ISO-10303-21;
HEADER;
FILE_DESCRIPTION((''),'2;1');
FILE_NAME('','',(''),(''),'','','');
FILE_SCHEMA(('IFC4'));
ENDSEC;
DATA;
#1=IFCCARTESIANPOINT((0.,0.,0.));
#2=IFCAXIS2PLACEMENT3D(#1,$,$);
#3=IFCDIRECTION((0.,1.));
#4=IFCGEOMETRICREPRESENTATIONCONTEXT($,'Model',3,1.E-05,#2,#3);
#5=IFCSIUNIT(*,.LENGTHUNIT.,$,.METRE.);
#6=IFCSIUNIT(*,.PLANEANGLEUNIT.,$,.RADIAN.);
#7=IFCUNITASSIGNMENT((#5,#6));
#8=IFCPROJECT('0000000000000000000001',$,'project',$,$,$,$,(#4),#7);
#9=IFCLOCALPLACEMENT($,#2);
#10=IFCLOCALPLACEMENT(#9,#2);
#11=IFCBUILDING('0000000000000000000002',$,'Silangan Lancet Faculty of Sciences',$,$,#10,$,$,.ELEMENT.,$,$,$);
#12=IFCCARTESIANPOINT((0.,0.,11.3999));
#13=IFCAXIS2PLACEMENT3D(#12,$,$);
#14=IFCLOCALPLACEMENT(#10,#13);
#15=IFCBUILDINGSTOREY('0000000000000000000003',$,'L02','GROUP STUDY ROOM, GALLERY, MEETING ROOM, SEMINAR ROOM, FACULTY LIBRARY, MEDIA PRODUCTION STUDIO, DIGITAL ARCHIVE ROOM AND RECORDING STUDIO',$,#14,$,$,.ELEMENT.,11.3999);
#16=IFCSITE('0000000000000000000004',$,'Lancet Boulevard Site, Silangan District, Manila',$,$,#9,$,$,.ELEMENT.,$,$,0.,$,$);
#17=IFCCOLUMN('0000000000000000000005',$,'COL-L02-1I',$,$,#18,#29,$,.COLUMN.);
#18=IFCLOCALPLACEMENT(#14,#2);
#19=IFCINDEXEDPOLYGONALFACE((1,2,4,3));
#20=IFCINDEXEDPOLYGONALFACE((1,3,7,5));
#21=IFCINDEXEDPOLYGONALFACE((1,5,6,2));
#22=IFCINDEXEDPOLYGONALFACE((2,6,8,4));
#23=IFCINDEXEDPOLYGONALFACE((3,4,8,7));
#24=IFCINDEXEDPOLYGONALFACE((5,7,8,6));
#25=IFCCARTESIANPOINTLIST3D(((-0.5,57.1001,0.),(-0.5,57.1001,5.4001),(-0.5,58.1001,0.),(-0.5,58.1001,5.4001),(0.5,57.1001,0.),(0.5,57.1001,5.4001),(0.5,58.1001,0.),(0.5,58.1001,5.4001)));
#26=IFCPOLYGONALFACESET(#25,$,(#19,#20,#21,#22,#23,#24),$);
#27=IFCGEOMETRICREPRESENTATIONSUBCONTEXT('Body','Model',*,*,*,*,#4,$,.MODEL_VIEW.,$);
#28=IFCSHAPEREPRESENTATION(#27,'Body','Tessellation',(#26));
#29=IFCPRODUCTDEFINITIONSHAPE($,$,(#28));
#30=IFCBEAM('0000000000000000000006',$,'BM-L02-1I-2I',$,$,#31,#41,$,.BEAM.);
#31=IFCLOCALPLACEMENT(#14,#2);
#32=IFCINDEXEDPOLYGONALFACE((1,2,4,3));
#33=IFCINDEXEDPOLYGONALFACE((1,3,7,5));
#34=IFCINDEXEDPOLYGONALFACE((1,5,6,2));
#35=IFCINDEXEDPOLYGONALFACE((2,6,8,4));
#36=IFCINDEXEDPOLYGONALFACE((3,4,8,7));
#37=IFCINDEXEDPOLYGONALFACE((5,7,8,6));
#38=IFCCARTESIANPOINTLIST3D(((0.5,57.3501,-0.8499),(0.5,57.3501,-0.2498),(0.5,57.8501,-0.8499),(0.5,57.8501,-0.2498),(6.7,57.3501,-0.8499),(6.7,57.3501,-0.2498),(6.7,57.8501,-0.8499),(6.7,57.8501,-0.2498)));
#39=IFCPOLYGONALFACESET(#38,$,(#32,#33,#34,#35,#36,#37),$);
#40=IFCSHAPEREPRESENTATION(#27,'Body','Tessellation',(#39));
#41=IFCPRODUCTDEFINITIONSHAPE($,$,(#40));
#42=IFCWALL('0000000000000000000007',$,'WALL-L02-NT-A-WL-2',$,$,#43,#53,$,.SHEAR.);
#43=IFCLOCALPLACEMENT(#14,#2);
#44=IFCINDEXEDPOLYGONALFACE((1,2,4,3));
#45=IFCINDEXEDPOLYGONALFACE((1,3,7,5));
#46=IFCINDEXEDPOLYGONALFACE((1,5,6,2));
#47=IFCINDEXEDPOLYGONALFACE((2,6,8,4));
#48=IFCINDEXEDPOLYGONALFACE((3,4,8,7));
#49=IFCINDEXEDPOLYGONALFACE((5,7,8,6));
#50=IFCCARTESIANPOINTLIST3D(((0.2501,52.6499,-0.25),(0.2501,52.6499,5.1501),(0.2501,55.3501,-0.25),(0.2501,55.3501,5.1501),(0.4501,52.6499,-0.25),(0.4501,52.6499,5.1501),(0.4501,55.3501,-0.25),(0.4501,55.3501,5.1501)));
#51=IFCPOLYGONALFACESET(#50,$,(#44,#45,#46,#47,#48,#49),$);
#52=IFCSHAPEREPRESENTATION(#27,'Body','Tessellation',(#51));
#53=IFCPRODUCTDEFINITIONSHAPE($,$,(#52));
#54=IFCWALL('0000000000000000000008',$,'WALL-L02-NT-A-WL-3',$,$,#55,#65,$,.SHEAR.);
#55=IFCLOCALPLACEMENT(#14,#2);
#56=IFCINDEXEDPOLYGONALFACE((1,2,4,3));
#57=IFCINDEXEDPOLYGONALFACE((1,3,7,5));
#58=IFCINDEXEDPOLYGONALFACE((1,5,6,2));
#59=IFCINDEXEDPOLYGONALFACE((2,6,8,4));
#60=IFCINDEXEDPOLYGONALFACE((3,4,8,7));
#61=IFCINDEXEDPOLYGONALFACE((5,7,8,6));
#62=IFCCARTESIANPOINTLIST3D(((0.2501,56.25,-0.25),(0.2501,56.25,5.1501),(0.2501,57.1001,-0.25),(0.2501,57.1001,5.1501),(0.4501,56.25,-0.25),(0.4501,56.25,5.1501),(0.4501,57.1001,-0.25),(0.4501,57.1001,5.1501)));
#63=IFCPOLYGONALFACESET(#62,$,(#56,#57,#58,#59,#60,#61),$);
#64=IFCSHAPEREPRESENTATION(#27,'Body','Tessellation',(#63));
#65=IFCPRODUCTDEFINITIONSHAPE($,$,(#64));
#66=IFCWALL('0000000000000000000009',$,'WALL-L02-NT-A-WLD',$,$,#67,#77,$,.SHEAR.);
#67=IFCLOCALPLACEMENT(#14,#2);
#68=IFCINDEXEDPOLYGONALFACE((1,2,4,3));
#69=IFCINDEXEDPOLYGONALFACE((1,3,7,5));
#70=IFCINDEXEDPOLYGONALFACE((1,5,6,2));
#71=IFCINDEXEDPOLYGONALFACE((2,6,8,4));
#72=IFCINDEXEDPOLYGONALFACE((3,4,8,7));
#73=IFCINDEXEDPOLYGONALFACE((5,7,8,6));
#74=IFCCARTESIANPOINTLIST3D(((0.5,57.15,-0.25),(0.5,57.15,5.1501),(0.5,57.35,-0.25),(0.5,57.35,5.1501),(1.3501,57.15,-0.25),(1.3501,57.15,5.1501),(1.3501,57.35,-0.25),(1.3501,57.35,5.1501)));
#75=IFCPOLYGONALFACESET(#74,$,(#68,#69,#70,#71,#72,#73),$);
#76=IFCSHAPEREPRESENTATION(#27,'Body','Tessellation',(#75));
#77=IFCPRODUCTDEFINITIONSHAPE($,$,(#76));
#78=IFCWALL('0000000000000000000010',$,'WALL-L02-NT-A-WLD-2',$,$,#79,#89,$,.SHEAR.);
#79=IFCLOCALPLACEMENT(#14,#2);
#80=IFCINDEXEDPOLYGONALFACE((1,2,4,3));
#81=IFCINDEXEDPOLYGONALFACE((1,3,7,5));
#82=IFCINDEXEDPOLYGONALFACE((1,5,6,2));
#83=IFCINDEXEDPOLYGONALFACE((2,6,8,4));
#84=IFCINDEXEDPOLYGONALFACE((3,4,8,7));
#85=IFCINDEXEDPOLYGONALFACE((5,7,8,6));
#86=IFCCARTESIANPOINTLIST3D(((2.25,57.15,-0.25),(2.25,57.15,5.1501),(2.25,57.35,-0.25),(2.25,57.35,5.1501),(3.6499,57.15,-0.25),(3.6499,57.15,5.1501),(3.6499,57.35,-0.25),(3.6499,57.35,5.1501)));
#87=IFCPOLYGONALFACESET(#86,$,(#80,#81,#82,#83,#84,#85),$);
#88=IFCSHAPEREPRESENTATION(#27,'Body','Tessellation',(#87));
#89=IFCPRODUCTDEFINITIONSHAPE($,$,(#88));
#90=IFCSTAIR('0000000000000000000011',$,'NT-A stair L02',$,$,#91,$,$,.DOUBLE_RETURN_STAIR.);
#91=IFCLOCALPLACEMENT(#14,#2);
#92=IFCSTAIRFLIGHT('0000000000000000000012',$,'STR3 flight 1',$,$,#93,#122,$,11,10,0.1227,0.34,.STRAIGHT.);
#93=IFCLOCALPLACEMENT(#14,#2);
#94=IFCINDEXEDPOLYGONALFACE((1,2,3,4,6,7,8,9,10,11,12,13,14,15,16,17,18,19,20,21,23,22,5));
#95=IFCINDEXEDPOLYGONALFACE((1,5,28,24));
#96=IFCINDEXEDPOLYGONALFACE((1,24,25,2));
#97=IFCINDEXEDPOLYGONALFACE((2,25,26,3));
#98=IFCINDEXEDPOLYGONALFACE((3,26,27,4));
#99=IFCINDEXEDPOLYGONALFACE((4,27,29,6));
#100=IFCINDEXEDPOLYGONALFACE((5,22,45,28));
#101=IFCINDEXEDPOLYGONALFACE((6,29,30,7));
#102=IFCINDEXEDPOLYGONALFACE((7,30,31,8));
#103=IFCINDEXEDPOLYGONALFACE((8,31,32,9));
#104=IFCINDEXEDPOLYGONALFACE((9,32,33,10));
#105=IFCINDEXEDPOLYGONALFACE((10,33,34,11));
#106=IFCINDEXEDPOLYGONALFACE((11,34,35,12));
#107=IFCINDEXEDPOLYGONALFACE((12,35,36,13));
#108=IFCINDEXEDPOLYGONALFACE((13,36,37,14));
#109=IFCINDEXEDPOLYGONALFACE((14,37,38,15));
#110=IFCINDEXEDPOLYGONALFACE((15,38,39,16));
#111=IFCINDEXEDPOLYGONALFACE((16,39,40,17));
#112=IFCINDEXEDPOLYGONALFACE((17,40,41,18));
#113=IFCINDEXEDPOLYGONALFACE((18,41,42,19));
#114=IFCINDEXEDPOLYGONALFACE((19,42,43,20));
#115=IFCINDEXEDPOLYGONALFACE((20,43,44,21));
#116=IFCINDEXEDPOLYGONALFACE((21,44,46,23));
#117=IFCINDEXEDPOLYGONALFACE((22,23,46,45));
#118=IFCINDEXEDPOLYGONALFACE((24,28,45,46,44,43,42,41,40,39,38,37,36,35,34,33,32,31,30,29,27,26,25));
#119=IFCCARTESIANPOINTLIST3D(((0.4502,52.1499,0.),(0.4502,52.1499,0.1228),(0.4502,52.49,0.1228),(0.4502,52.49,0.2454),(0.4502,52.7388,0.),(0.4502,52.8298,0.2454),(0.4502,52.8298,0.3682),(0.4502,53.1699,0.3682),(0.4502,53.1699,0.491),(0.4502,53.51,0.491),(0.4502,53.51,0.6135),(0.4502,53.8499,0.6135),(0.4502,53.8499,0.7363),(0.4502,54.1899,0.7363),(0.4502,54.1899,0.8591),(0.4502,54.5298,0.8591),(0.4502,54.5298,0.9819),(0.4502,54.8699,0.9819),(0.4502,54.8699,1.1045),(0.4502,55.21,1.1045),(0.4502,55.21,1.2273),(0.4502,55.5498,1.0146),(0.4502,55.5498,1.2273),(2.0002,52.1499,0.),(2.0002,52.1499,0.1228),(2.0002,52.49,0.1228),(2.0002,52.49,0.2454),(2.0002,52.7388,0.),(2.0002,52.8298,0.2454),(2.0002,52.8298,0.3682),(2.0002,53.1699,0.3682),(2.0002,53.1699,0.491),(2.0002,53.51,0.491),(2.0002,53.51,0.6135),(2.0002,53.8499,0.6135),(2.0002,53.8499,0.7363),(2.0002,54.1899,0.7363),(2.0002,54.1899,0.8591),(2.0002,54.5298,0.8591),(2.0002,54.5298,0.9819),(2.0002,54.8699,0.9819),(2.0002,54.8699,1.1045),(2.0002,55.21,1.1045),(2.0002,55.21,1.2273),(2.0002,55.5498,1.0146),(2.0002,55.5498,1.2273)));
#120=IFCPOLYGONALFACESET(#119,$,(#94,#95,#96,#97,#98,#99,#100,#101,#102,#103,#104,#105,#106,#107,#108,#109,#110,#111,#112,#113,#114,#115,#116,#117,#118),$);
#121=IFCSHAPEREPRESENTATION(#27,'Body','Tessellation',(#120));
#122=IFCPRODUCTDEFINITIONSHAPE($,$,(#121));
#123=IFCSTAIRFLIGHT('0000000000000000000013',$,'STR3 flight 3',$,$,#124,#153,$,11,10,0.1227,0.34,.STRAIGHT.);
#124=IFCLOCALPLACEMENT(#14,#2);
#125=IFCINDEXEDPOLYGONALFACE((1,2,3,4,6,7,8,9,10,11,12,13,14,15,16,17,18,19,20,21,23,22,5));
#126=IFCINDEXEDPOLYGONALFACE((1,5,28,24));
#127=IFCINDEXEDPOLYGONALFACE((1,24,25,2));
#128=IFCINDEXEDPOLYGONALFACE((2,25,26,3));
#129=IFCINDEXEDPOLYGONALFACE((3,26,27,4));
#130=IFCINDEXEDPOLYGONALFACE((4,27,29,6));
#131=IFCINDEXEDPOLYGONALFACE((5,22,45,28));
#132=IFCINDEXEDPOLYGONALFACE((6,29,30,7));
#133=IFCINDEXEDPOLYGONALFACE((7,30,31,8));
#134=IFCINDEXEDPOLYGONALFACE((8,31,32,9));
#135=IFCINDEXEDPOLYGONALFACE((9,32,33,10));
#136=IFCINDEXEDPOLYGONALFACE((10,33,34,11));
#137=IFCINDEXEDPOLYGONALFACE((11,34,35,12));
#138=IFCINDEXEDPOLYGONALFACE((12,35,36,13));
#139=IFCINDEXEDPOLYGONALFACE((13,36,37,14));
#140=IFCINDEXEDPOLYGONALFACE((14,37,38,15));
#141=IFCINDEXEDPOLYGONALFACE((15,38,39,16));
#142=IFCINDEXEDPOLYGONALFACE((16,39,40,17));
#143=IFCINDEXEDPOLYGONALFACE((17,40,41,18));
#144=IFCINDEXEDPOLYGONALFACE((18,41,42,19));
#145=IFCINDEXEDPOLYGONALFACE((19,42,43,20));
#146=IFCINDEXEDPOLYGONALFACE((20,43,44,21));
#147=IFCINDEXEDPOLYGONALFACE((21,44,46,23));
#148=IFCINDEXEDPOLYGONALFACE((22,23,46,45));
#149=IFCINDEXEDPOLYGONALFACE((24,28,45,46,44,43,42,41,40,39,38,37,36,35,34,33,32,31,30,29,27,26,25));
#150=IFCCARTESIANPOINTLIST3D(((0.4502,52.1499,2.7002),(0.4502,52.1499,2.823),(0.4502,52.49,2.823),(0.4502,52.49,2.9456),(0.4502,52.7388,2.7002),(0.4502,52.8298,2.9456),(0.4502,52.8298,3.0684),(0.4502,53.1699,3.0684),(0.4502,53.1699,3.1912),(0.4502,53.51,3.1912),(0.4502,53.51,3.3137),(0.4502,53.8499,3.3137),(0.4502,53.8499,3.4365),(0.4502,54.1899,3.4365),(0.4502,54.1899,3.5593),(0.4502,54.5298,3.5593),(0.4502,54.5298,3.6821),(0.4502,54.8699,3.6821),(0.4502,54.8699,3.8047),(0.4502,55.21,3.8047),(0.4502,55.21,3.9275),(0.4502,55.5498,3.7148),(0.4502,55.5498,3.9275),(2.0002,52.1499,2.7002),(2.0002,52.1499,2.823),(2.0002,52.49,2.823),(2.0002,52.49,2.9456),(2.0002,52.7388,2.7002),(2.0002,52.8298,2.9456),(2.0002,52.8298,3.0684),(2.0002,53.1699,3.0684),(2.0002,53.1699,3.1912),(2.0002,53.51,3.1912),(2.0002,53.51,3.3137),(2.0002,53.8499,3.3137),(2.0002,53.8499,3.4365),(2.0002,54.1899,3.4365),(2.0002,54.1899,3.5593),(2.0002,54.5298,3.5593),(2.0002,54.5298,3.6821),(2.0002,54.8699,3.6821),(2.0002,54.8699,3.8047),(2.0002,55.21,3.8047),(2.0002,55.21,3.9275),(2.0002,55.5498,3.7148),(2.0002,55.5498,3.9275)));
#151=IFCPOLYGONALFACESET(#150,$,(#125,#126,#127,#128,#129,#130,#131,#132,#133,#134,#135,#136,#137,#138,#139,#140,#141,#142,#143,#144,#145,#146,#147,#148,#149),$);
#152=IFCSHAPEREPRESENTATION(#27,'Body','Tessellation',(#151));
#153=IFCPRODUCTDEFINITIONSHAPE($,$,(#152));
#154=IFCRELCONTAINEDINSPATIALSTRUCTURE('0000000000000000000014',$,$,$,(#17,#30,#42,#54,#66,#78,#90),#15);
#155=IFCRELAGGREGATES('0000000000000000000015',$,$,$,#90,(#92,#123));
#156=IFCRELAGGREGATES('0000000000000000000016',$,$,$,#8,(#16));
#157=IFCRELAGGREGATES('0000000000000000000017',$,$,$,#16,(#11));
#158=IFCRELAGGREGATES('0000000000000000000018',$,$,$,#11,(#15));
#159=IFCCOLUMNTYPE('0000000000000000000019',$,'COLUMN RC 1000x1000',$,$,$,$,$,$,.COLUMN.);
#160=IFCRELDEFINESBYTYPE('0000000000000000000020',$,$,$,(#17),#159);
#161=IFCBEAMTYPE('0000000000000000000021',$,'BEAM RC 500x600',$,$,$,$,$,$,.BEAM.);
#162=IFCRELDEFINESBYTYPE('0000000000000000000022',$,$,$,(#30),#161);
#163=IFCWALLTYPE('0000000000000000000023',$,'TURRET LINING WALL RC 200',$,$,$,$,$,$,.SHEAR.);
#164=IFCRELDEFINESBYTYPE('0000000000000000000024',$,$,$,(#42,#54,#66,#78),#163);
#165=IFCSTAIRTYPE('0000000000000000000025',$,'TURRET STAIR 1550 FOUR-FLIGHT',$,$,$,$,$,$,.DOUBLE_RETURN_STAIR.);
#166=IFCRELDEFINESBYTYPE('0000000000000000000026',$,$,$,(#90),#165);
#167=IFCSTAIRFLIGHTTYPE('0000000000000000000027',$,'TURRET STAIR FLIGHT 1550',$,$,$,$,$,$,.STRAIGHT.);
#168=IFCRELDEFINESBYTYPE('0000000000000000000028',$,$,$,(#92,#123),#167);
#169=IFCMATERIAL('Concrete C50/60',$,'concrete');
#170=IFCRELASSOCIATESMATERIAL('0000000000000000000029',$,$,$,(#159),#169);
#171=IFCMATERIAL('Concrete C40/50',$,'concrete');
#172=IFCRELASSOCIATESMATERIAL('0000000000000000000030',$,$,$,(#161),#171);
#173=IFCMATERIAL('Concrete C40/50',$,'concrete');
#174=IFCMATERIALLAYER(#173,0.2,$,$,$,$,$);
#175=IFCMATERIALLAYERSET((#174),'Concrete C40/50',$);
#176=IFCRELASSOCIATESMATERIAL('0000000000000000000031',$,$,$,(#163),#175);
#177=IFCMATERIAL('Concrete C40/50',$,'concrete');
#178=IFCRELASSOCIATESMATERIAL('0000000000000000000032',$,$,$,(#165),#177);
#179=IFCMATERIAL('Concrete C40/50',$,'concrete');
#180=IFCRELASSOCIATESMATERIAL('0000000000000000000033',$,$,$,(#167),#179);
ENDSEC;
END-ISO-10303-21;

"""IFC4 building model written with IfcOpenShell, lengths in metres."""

from ifc_helpers import new_model, si_unit, direction, frame, frame_2d, origin, origin_2d, place, context, subcontext, project, spatial, polyline, rectangle, outline, extrude, material, layer, layer_set, material_profile, profile_set, type_object, element, aggregate, save


model = new_model("IFC4")

# Units and contexts
model_context = context("Model", 3, precision=1e-05, world=origin(), true_north=direction((0.0, 1.0)))
body_context = subcontext(model_context, "Body", "Model", "MODEL_VIEW")
ifc_project = project(units=[si_unit("LENGTHUNIT", "METRE"), si_unit("PLANEANGLEUNIT", "RADIAN")], contexts=[model_context])

# Site, building, storey
site_placement = place(None, origin())
site = spatial("IfcSite", under=ifc_project, at=site_placement, Name="Lancet Boulevard Site, Silangan District, Manila", CompositionType="ELEMENT", RefElevation=0.0)
building_placement = place(site_placement, origin())
building = spatial("IfcBuilding", under=site, at=building_placement, Name="Silangan Lancet Faculty of Sciences", CompositionType="ELEMENT")
storey_placement = place(building_placement, frame((0.0, 0.0, 11.3999)))
storey = spatial("IfcBuildingStorey", under=building, at=storey_placement, Name="L02", Description="GROUP STUDY ROOM, GALLERY, MEETING ROOM, SEMINAR ROOM, FACULTY LIBRARY, MEDIA PRODUCTION STUDIO, DIGITAL ARCHIVE ROOM AND RECORDING STUDIO", CompositionType="ELEMENT", Elevation=11.3999)

# Column
ifc_material_1 = material(Name="Concrete C50/60", Category="concrete")
ifc_material_profile_1 = material_profile(ifc_material_1, rectangle(XDim=1.0, YDim=1.0, at=origin_2d()), Name="RC 1000x1000")
ifc_profile_set_1 = profile_set([ifc_material_profile_1], Name="Concrete C50/60")
column_type = type_object("IfcColumnType", Name="COLUMN RC 1000x1000", PredefinedType="COLUMN", material=ifc_profile_set_1)
column_placement = place(storey_placement, frame((0.0, 57.6001, 0.0), z_axis=(0.0, 0.0, 1.0), x_axis=(1.0, 0.0, 0.0)))
element("IfcColumn", 1, at=column_placement, inside=storey, type_object=column_type, Name="COL-L02-1I", PredefinedType="COLUMN", context=body_context, shape_type="SweptSolid", body=[
    extrude(rectangle(XDim=1.0, YDim=1.0, at=origin_2d()), origin(), (0.0, 0.0, 1.0), 5.4001),
])

# Beam
ifc_material_2 = material(Name="Concrete C40/50", Category="concrete")
ifc_material_profile_2 = material_profile(ifc_material_2, rectangle(XDim=0.5, YDim=0.6001, at=origin_2d()), Name="RC 500x600")
ifc_profile_set_2 = profile_set([ifc_material_profile_2], Name="Concrete C40/50")
beam_type = type_object("IfcBeamType", Name="BEAM RC 500x600", PredefinedType="BEAM", material=ifc_profile_set_2)
beam_placement = place(storey_placement, frame((0.5, 57.6001, -0.5498), z_axis=(1.0, 0.0, 0.0), x_axis=(0.0, 1.0, 0.0)))
element("IfcBeam", 2, at=beam_placement, inside=storey, type_object=beam_type, Name="BM-L02-1I-2I", PredefinedType="BEAM", context=body_context, shape_type="SweptSolid", body=[
    extrude(rectangle(XDim=0.5, YDim=0.6001, at=origin_2d()), origin(), (0.0, 0.0, 1.0), 6.2),
])

# Walls
ifc_material_3 = material(Name="Concrete C40/50", Category="concrete")
ifc_layer = layer(ifc_material_3, 0.2)
ifc_layer_set = layer_set([ifc_layer], Name="Concrete C40/50")
wall_type = type_object("IfcWallType", Name="TURRET LINING WALL RC 200", PredefinedType="SHEAR", material=ifc_layer_set)
wall_1_placement = place(storey_placement, frame((0.3501, 52.6499, -0.25), z_axis=(0.0, 0.0, 1.0), x_axis=(0.0, 1.0, 0.0)))
element("IfcWall", 3, at=wall_1_placement, inside=storey, type_object=wall_type, Name="WALL-L02-NT-A-WL-2", PredefinedType="SHEAR", context=body_context, shape_type="SweptSolid", body=[
    extrude(rectangle(XDim=2.7002, YDim=0.2, at=frame_2d((1.3501, 0.0))), origin(), (0.0, 0.0, 1.0), 5.4001),
])
for number, where, z_axis, x_axis, name in (
    (4, (0.3501, 56.25, -0.25), (0.0, 0.0, 1.0), (0.0, 1.0, 0.0), "WALL-L02-NT-A-WL-3"),
    (5, (0.5, 57.25, -0.25), (0.0, 0.0, 1.0), (1.0, 0.0, 0.0), "WALL-L02-NT-A-WLD"),
):
    element("IfcWall", number, at=place(storey_placement, frame(where, z_axis=z_axis, x_axis=x_axis)), inside=storey, type_object=wall_type, Name=name, PredefinedType="SHEAR", context=body_context, shape_type="SweptSolid", body=[
        extrude(rectangle(XDim=0.8501, YDim=0.2, at=frame_2d((0.425, 0.0))), origin(), (0.0, 0.0, 1.0), 5.4001),
    ])
wall_2_placement = place(storey_placement, frame((2.25, 57.25, -0.25), z_axis=(0.0, 0.0, 1.0), x_axis=(1.0, 0.0, 0.0)))
element("IfcWall", 6, at=wall_2_placement, inside=storey, type_object=wall_type, Name="WALL-L02-NT-A-WLD-2", PredefinedType="SHEAR", context=body_context, shape_type="SweptSolid", body=[
    extrude(rectangle(XDim=1.3999, YDim=0.2, at=frame_2d((0.7, 0.0))), origin(), (0.0, 0.0, 1.0), 5.4001),
])

# Stair, stair flights
ifc_material_4 = material(Name="Concrete C40/50", Category="concrete")
stair_type = type_object("IfcStairType", Name="TURRET STAIR 1550 FOUR-FLIGHT", PredefinedType="DOUBLE_RETURN_STAIR", material=ifc_material_4)
stair_placement = place(storey_placement, origin())
stair = element("IfcStair", 7, at=stair_placement, inside=storey, type_object=stair_type, Name="NT-A stair L02", PredefinedType="DOUBLE_RETURN_STAIR")
ifc_material_5 = material(Name="Concrete C40/50", Category="concrete")
stair_flight_type = type_object("IfcStairFlightType", Name="TURRET STAIR FLIGHT 1550", PredefinedType="STRAIGHT", material=ifc_material_5)
stair_flight_1_placement = place(storey_placement, frame((1.2251, 52.1499, 0.0), z_axis=(0.0, 0.0, 1.0), x_axis=(0.0, 1.0, 0.0)))
stair_flight_1 = element("IfcStairFlight", 8, at=stair_flight_1_placement, type_object=stair_flight_type, Name="STR3 flight 1", NumberOfRisers=11, NumberOfTreads=10, PredefinedType="STRAIGHT", RiserHeight=0.1227, TreadLength=0.34, context=body_context, shape_type="SweptSolid", body=[
    extrude(outline(polyline([(0.0, 0.0), (0.0, 0.1228), (0.3401, 0.1228), (0.3401, 0.2454), (0.6799, 0.2454), (0.6799, 0.3682), (1.02, 0.3682), (1.02, 0.491), (1.3601, 0.491), (1.3601, 0.6135), (1.7, 0.6135), (1.7, 0.7363), (2.04, 0.7363), (2.04, 0.8591), (2.3799, 0.8591), (2.3799, 0.9819), (2.72, 0.9819), (2.72, 1.1045), (3.0601, 1.1045), (3.0601, 1.2273), (3.3999, 1.2273), (3.3999, 1.3501), (3.3999, 1.0146), (0.5889, 0.0), (0.0, 0.0)])), frame((0.0, 0.7749, 0.0), z_axis=(0.0, -1.0, 0.0), x_axis=(1.0, 0.0, 0.0)), (0.0, 0.0, 1.0), 1.55),
])
stair_flight_2_placement = place(storey_placement, frame((1.2251, 52.1499, 2.7002), z_axis=(0.0, 0.0, 1.0), x_axis=(0.0, 1.0, 0.0)))
stair_flight_2 = element("IfcStairFlight", 9, at=stair_flight_2_placement, type_object=stair_flight_type, Name="STR3 flight 3", NumberOfRisers=11, NumberOfTreads=10, PredefinedType="STRAIGHT", RiserHeight=0.1227, TreadLength=0.34, context=body_context, shape_type="SweptSolid", body=[
    extrude(outline(polyline([(0.0, 0.0), (0.0, 0.1228), (0.3401, 0.1228), (0.3401, 0.2454), (0.6799, 0.2454), (0.6799, 0.3682), (1.02, 0.3682), (1.02, 0.491), (1.3601, 0.491), (1.3601, 0.6135), (1.7, 0.6135), (1.7, 0.7363), (2.04, 0.7363), (2.04, 0.8591), (2.3799, 0.8591), (2.3799, 0.9819), (2.72, 0.9819), (2.72, 1.1045), (3.0601, 1.1045), (3.0601, 1.2273), (3.3999, 1.2273), (3.3999, 1.3501), (3.3999, 1.0146), (0.5889, 0.0), (0.0, 0.0)])), frame((0.0, 0.7749, 0.0), z_axis=(0.0, -1.0, 0.0), x_axis=(1.0, 0.0, 0.0)), (0.0, 0.0, 1.0), 1.55),
])
aggregate(stair, [stair_flight_1, stair_flight_2])

save(model, "model.ifc")
